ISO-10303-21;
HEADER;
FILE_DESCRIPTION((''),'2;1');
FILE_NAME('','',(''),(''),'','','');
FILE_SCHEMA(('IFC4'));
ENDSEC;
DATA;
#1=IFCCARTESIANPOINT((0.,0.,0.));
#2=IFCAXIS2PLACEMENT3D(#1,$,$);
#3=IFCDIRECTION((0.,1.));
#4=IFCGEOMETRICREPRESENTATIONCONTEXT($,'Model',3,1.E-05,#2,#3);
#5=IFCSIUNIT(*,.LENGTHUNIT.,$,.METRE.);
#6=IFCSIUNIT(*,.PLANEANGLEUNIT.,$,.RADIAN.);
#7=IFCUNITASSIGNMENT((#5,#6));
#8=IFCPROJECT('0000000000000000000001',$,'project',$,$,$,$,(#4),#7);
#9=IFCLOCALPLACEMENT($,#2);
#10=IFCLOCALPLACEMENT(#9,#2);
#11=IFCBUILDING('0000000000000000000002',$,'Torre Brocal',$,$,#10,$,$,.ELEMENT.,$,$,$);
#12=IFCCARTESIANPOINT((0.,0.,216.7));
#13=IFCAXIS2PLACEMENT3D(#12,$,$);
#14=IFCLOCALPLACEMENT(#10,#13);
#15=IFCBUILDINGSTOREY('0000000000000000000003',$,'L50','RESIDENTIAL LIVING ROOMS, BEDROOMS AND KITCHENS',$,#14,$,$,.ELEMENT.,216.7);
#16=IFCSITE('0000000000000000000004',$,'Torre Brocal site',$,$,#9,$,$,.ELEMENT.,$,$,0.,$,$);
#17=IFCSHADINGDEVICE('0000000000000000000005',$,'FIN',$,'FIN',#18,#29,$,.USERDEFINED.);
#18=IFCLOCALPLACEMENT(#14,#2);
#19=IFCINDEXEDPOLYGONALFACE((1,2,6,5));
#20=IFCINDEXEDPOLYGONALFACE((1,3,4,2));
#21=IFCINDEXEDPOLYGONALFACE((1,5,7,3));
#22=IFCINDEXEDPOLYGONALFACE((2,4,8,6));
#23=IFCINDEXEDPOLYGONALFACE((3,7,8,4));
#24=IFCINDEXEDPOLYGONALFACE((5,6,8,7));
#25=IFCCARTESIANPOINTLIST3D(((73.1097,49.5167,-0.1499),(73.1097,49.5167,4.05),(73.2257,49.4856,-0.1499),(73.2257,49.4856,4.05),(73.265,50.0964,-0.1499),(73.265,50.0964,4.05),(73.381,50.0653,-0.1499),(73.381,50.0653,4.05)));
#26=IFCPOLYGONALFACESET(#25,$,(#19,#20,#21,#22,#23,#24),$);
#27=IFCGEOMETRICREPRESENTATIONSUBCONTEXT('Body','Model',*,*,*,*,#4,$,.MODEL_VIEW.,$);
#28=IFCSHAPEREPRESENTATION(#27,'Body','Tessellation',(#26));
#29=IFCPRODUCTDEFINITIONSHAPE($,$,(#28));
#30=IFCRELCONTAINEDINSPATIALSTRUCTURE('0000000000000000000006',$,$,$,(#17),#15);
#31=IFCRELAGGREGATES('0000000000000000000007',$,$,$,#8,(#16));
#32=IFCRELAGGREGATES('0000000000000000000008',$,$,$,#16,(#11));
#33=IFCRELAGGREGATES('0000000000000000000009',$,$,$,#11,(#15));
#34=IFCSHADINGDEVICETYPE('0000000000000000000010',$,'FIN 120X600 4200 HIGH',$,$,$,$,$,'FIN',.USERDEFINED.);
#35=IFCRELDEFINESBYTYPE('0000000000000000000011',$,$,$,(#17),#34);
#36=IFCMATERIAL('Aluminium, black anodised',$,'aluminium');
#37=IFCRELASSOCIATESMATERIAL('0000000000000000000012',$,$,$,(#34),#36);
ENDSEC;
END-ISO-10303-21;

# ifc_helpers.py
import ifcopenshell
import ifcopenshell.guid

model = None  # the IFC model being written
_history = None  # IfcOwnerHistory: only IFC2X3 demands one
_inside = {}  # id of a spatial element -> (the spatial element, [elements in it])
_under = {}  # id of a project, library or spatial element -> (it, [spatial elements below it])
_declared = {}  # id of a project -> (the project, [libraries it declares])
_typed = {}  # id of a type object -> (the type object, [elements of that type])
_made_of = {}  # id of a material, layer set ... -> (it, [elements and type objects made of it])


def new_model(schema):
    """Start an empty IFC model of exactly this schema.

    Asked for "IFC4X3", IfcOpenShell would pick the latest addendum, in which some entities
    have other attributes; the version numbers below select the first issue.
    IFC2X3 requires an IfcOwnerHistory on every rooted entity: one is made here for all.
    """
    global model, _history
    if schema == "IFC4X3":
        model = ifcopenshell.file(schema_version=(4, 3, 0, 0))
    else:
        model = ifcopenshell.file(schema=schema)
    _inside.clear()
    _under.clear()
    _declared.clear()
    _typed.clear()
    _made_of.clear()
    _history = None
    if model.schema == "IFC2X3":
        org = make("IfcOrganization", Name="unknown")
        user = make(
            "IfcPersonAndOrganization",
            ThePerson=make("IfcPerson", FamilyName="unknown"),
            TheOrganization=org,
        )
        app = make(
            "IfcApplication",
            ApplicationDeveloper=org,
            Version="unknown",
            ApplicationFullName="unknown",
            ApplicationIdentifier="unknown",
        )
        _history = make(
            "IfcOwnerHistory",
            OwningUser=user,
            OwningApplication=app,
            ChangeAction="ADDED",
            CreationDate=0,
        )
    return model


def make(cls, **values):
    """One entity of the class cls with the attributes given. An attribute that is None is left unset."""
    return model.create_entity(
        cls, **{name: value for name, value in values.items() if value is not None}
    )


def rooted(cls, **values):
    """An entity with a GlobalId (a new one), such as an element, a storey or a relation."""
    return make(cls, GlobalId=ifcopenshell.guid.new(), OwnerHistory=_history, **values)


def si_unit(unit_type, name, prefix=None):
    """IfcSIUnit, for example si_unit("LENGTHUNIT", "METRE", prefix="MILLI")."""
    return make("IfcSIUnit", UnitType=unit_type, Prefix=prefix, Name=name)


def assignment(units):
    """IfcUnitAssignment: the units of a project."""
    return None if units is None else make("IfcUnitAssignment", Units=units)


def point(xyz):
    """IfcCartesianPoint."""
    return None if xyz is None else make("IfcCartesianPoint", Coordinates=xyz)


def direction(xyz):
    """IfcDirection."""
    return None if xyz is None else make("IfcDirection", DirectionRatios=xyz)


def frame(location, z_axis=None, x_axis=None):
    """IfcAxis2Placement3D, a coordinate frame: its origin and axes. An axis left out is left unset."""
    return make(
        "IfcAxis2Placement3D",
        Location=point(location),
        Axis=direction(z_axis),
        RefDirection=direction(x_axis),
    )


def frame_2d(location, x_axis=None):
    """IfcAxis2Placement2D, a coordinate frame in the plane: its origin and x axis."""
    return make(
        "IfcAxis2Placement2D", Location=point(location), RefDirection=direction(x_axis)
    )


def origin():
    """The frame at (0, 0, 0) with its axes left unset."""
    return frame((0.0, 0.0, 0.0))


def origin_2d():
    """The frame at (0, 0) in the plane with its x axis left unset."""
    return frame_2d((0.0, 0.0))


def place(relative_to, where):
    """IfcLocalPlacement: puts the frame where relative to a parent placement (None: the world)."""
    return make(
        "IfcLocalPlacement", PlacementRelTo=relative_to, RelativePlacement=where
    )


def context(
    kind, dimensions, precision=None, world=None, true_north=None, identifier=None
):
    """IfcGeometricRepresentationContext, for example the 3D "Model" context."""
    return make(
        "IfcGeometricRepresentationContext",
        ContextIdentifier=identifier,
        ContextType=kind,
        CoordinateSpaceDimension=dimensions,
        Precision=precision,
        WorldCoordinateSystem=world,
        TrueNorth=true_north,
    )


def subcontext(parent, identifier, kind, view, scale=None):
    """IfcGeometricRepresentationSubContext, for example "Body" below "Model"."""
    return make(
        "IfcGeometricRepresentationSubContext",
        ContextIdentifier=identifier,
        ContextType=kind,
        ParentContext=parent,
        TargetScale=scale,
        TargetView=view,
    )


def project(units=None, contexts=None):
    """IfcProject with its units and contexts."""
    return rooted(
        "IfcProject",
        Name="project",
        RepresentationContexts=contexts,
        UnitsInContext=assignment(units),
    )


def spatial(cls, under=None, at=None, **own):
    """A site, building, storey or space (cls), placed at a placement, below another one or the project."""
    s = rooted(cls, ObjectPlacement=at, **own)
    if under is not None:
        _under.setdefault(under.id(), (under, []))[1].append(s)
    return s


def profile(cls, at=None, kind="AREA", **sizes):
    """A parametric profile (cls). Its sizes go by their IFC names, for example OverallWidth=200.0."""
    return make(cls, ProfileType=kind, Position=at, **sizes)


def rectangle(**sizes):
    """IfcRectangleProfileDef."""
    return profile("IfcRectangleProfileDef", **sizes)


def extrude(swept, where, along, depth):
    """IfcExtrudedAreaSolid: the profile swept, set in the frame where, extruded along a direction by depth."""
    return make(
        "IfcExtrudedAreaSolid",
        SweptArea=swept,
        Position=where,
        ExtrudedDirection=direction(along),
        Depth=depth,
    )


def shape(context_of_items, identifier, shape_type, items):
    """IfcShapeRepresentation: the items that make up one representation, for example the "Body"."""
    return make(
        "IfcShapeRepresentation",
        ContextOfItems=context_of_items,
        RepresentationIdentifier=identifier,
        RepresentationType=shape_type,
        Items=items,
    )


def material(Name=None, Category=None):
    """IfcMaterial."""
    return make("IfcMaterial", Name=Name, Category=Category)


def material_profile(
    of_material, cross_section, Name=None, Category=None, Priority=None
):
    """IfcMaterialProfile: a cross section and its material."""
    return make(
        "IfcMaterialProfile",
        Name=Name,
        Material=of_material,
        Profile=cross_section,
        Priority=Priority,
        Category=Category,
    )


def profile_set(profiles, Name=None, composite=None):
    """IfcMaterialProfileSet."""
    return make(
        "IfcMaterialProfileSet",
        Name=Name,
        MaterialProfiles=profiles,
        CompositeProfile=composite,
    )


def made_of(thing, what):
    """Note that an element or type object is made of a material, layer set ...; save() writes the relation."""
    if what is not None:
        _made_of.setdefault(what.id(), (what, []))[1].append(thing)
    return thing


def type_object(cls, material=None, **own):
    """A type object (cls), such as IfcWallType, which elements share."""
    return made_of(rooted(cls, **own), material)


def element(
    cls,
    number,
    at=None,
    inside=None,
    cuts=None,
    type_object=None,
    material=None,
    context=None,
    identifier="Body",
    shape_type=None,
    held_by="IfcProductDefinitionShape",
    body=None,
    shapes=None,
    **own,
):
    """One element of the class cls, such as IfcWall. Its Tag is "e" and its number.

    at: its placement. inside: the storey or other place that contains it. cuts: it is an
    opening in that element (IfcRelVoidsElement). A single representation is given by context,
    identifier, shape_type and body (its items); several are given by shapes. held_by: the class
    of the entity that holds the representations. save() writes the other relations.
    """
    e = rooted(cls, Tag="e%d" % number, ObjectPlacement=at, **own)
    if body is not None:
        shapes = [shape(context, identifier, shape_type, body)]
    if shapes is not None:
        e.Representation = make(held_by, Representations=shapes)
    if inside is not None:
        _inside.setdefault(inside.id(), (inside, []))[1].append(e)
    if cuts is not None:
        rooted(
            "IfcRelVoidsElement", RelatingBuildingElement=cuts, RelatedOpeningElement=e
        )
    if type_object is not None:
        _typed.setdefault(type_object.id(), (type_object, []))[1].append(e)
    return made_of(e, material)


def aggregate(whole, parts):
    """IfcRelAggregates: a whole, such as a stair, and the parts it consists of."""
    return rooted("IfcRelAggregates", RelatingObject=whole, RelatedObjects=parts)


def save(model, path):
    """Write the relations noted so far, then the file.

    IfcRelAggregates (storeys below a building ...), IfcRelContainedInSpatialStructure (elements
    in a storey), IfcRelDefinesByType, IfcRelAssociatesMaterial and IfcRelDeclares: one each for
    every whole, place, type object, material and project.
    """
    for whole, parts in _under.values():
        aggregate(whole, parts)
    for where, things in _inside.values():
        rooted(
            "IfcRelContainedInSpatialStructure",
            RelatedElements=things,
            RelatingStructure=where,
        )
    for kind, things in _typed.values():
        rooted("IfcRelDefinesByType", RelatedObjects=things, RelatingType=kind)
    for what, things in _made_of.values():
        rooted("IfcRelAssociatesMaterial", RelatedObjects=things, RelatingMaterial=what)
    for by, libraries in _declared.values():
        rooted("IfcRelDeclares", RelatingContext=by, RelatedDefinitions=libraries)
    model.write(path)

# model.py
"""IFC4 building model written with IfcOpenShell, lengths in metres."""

from ifc_helpers import new_model, si_unit, direction, frame, origin, origin_2d, place, context, subcontext, project, spatial, rectangle, extrude, material, material_profile, profile_set, type_object, element, save


model = new_model("IFC4")

# Units and contexts
model_context = context("Model", 3, precision=1e-05, world=origin(), true_north=direction((0.0, 1.0)))
body_context = subcontext(model_context, "Body", "Model", "MODEL_VIEW")
ifc_project = project(units=[si_unit("LENGTHUNIT", "METRE"), si_unit("PLANEANGLEUNIT", "RADIAN")], contexts=[model_context])

# Site, building, storey
site_placement = place(None, origin())
site = spatial("IfcSite", under=ifc_project, at=site_placement, Name="Torre Brocal site", CompositionType="ELEMENT", RefElevation=0.0)
building_placement = place(site_placement, origin())
building = spatial("IfcBuilding", under=site, at=building_placement, Name="Torre Brocal", CompositionType="ELEMENT")
storey_placement = place(building_placement, frame((0.0, 0.0, 216.7)))
storey = spatial("IfcBuildingStorey", under=building, at=storey_placement, Name="L50", Description="RESIDENTIAL LIVING ROOMS, BEDROOMS AND KITCHENS", CompositionType="ELEMENT", Elevation=216.7)

# Shading device
ifc_material_1 = material(Name="Aluminium, black anodised", Category="aluminium")
ifc_material_profile_1 = material_profile(ifc_material_1, rectangle(XDim=0.1201, YDim=0.6001, at=origin_2d()), Name="FIN 120X600 4200 HIGH")
ifc_profile_set_1 = profile_set([ifc_material_profile_1], Name="Aluminium, black anodised")
shading_device_type = type_object("IfcShadingDeviceType", Name="FIN 120X600 4200 HIGH", ElementType="FIN", PredefinedType="USERDEFINED", material=ifc_profile_set_1)
for number, where, z_axis, x_axis, name in (
    (1, (73.2454, 49.791, -0.1499), (0.0, 0.0, 1.0), (0.965926, -0.258819, 0.0), "FIN"),
):
    element("IfcShadingDevice", number, at=place(storey_placement, frame(where, z_axis=z_axis, x_axis=x_axis)), inside=storey, type_object=shading_device_type, Name=name, ObjectType="FIN", PredefinedType="USERDEFINED", context=body_context, shape_type="SweptSolid", body=[
        extrude(rectangle(XDim=0.1201, YDim=0.6001, at=origin_2d()), origin(), (0.0, 0.0, 1.0), 4.2),
    ])

save(model, "model.ifc")
